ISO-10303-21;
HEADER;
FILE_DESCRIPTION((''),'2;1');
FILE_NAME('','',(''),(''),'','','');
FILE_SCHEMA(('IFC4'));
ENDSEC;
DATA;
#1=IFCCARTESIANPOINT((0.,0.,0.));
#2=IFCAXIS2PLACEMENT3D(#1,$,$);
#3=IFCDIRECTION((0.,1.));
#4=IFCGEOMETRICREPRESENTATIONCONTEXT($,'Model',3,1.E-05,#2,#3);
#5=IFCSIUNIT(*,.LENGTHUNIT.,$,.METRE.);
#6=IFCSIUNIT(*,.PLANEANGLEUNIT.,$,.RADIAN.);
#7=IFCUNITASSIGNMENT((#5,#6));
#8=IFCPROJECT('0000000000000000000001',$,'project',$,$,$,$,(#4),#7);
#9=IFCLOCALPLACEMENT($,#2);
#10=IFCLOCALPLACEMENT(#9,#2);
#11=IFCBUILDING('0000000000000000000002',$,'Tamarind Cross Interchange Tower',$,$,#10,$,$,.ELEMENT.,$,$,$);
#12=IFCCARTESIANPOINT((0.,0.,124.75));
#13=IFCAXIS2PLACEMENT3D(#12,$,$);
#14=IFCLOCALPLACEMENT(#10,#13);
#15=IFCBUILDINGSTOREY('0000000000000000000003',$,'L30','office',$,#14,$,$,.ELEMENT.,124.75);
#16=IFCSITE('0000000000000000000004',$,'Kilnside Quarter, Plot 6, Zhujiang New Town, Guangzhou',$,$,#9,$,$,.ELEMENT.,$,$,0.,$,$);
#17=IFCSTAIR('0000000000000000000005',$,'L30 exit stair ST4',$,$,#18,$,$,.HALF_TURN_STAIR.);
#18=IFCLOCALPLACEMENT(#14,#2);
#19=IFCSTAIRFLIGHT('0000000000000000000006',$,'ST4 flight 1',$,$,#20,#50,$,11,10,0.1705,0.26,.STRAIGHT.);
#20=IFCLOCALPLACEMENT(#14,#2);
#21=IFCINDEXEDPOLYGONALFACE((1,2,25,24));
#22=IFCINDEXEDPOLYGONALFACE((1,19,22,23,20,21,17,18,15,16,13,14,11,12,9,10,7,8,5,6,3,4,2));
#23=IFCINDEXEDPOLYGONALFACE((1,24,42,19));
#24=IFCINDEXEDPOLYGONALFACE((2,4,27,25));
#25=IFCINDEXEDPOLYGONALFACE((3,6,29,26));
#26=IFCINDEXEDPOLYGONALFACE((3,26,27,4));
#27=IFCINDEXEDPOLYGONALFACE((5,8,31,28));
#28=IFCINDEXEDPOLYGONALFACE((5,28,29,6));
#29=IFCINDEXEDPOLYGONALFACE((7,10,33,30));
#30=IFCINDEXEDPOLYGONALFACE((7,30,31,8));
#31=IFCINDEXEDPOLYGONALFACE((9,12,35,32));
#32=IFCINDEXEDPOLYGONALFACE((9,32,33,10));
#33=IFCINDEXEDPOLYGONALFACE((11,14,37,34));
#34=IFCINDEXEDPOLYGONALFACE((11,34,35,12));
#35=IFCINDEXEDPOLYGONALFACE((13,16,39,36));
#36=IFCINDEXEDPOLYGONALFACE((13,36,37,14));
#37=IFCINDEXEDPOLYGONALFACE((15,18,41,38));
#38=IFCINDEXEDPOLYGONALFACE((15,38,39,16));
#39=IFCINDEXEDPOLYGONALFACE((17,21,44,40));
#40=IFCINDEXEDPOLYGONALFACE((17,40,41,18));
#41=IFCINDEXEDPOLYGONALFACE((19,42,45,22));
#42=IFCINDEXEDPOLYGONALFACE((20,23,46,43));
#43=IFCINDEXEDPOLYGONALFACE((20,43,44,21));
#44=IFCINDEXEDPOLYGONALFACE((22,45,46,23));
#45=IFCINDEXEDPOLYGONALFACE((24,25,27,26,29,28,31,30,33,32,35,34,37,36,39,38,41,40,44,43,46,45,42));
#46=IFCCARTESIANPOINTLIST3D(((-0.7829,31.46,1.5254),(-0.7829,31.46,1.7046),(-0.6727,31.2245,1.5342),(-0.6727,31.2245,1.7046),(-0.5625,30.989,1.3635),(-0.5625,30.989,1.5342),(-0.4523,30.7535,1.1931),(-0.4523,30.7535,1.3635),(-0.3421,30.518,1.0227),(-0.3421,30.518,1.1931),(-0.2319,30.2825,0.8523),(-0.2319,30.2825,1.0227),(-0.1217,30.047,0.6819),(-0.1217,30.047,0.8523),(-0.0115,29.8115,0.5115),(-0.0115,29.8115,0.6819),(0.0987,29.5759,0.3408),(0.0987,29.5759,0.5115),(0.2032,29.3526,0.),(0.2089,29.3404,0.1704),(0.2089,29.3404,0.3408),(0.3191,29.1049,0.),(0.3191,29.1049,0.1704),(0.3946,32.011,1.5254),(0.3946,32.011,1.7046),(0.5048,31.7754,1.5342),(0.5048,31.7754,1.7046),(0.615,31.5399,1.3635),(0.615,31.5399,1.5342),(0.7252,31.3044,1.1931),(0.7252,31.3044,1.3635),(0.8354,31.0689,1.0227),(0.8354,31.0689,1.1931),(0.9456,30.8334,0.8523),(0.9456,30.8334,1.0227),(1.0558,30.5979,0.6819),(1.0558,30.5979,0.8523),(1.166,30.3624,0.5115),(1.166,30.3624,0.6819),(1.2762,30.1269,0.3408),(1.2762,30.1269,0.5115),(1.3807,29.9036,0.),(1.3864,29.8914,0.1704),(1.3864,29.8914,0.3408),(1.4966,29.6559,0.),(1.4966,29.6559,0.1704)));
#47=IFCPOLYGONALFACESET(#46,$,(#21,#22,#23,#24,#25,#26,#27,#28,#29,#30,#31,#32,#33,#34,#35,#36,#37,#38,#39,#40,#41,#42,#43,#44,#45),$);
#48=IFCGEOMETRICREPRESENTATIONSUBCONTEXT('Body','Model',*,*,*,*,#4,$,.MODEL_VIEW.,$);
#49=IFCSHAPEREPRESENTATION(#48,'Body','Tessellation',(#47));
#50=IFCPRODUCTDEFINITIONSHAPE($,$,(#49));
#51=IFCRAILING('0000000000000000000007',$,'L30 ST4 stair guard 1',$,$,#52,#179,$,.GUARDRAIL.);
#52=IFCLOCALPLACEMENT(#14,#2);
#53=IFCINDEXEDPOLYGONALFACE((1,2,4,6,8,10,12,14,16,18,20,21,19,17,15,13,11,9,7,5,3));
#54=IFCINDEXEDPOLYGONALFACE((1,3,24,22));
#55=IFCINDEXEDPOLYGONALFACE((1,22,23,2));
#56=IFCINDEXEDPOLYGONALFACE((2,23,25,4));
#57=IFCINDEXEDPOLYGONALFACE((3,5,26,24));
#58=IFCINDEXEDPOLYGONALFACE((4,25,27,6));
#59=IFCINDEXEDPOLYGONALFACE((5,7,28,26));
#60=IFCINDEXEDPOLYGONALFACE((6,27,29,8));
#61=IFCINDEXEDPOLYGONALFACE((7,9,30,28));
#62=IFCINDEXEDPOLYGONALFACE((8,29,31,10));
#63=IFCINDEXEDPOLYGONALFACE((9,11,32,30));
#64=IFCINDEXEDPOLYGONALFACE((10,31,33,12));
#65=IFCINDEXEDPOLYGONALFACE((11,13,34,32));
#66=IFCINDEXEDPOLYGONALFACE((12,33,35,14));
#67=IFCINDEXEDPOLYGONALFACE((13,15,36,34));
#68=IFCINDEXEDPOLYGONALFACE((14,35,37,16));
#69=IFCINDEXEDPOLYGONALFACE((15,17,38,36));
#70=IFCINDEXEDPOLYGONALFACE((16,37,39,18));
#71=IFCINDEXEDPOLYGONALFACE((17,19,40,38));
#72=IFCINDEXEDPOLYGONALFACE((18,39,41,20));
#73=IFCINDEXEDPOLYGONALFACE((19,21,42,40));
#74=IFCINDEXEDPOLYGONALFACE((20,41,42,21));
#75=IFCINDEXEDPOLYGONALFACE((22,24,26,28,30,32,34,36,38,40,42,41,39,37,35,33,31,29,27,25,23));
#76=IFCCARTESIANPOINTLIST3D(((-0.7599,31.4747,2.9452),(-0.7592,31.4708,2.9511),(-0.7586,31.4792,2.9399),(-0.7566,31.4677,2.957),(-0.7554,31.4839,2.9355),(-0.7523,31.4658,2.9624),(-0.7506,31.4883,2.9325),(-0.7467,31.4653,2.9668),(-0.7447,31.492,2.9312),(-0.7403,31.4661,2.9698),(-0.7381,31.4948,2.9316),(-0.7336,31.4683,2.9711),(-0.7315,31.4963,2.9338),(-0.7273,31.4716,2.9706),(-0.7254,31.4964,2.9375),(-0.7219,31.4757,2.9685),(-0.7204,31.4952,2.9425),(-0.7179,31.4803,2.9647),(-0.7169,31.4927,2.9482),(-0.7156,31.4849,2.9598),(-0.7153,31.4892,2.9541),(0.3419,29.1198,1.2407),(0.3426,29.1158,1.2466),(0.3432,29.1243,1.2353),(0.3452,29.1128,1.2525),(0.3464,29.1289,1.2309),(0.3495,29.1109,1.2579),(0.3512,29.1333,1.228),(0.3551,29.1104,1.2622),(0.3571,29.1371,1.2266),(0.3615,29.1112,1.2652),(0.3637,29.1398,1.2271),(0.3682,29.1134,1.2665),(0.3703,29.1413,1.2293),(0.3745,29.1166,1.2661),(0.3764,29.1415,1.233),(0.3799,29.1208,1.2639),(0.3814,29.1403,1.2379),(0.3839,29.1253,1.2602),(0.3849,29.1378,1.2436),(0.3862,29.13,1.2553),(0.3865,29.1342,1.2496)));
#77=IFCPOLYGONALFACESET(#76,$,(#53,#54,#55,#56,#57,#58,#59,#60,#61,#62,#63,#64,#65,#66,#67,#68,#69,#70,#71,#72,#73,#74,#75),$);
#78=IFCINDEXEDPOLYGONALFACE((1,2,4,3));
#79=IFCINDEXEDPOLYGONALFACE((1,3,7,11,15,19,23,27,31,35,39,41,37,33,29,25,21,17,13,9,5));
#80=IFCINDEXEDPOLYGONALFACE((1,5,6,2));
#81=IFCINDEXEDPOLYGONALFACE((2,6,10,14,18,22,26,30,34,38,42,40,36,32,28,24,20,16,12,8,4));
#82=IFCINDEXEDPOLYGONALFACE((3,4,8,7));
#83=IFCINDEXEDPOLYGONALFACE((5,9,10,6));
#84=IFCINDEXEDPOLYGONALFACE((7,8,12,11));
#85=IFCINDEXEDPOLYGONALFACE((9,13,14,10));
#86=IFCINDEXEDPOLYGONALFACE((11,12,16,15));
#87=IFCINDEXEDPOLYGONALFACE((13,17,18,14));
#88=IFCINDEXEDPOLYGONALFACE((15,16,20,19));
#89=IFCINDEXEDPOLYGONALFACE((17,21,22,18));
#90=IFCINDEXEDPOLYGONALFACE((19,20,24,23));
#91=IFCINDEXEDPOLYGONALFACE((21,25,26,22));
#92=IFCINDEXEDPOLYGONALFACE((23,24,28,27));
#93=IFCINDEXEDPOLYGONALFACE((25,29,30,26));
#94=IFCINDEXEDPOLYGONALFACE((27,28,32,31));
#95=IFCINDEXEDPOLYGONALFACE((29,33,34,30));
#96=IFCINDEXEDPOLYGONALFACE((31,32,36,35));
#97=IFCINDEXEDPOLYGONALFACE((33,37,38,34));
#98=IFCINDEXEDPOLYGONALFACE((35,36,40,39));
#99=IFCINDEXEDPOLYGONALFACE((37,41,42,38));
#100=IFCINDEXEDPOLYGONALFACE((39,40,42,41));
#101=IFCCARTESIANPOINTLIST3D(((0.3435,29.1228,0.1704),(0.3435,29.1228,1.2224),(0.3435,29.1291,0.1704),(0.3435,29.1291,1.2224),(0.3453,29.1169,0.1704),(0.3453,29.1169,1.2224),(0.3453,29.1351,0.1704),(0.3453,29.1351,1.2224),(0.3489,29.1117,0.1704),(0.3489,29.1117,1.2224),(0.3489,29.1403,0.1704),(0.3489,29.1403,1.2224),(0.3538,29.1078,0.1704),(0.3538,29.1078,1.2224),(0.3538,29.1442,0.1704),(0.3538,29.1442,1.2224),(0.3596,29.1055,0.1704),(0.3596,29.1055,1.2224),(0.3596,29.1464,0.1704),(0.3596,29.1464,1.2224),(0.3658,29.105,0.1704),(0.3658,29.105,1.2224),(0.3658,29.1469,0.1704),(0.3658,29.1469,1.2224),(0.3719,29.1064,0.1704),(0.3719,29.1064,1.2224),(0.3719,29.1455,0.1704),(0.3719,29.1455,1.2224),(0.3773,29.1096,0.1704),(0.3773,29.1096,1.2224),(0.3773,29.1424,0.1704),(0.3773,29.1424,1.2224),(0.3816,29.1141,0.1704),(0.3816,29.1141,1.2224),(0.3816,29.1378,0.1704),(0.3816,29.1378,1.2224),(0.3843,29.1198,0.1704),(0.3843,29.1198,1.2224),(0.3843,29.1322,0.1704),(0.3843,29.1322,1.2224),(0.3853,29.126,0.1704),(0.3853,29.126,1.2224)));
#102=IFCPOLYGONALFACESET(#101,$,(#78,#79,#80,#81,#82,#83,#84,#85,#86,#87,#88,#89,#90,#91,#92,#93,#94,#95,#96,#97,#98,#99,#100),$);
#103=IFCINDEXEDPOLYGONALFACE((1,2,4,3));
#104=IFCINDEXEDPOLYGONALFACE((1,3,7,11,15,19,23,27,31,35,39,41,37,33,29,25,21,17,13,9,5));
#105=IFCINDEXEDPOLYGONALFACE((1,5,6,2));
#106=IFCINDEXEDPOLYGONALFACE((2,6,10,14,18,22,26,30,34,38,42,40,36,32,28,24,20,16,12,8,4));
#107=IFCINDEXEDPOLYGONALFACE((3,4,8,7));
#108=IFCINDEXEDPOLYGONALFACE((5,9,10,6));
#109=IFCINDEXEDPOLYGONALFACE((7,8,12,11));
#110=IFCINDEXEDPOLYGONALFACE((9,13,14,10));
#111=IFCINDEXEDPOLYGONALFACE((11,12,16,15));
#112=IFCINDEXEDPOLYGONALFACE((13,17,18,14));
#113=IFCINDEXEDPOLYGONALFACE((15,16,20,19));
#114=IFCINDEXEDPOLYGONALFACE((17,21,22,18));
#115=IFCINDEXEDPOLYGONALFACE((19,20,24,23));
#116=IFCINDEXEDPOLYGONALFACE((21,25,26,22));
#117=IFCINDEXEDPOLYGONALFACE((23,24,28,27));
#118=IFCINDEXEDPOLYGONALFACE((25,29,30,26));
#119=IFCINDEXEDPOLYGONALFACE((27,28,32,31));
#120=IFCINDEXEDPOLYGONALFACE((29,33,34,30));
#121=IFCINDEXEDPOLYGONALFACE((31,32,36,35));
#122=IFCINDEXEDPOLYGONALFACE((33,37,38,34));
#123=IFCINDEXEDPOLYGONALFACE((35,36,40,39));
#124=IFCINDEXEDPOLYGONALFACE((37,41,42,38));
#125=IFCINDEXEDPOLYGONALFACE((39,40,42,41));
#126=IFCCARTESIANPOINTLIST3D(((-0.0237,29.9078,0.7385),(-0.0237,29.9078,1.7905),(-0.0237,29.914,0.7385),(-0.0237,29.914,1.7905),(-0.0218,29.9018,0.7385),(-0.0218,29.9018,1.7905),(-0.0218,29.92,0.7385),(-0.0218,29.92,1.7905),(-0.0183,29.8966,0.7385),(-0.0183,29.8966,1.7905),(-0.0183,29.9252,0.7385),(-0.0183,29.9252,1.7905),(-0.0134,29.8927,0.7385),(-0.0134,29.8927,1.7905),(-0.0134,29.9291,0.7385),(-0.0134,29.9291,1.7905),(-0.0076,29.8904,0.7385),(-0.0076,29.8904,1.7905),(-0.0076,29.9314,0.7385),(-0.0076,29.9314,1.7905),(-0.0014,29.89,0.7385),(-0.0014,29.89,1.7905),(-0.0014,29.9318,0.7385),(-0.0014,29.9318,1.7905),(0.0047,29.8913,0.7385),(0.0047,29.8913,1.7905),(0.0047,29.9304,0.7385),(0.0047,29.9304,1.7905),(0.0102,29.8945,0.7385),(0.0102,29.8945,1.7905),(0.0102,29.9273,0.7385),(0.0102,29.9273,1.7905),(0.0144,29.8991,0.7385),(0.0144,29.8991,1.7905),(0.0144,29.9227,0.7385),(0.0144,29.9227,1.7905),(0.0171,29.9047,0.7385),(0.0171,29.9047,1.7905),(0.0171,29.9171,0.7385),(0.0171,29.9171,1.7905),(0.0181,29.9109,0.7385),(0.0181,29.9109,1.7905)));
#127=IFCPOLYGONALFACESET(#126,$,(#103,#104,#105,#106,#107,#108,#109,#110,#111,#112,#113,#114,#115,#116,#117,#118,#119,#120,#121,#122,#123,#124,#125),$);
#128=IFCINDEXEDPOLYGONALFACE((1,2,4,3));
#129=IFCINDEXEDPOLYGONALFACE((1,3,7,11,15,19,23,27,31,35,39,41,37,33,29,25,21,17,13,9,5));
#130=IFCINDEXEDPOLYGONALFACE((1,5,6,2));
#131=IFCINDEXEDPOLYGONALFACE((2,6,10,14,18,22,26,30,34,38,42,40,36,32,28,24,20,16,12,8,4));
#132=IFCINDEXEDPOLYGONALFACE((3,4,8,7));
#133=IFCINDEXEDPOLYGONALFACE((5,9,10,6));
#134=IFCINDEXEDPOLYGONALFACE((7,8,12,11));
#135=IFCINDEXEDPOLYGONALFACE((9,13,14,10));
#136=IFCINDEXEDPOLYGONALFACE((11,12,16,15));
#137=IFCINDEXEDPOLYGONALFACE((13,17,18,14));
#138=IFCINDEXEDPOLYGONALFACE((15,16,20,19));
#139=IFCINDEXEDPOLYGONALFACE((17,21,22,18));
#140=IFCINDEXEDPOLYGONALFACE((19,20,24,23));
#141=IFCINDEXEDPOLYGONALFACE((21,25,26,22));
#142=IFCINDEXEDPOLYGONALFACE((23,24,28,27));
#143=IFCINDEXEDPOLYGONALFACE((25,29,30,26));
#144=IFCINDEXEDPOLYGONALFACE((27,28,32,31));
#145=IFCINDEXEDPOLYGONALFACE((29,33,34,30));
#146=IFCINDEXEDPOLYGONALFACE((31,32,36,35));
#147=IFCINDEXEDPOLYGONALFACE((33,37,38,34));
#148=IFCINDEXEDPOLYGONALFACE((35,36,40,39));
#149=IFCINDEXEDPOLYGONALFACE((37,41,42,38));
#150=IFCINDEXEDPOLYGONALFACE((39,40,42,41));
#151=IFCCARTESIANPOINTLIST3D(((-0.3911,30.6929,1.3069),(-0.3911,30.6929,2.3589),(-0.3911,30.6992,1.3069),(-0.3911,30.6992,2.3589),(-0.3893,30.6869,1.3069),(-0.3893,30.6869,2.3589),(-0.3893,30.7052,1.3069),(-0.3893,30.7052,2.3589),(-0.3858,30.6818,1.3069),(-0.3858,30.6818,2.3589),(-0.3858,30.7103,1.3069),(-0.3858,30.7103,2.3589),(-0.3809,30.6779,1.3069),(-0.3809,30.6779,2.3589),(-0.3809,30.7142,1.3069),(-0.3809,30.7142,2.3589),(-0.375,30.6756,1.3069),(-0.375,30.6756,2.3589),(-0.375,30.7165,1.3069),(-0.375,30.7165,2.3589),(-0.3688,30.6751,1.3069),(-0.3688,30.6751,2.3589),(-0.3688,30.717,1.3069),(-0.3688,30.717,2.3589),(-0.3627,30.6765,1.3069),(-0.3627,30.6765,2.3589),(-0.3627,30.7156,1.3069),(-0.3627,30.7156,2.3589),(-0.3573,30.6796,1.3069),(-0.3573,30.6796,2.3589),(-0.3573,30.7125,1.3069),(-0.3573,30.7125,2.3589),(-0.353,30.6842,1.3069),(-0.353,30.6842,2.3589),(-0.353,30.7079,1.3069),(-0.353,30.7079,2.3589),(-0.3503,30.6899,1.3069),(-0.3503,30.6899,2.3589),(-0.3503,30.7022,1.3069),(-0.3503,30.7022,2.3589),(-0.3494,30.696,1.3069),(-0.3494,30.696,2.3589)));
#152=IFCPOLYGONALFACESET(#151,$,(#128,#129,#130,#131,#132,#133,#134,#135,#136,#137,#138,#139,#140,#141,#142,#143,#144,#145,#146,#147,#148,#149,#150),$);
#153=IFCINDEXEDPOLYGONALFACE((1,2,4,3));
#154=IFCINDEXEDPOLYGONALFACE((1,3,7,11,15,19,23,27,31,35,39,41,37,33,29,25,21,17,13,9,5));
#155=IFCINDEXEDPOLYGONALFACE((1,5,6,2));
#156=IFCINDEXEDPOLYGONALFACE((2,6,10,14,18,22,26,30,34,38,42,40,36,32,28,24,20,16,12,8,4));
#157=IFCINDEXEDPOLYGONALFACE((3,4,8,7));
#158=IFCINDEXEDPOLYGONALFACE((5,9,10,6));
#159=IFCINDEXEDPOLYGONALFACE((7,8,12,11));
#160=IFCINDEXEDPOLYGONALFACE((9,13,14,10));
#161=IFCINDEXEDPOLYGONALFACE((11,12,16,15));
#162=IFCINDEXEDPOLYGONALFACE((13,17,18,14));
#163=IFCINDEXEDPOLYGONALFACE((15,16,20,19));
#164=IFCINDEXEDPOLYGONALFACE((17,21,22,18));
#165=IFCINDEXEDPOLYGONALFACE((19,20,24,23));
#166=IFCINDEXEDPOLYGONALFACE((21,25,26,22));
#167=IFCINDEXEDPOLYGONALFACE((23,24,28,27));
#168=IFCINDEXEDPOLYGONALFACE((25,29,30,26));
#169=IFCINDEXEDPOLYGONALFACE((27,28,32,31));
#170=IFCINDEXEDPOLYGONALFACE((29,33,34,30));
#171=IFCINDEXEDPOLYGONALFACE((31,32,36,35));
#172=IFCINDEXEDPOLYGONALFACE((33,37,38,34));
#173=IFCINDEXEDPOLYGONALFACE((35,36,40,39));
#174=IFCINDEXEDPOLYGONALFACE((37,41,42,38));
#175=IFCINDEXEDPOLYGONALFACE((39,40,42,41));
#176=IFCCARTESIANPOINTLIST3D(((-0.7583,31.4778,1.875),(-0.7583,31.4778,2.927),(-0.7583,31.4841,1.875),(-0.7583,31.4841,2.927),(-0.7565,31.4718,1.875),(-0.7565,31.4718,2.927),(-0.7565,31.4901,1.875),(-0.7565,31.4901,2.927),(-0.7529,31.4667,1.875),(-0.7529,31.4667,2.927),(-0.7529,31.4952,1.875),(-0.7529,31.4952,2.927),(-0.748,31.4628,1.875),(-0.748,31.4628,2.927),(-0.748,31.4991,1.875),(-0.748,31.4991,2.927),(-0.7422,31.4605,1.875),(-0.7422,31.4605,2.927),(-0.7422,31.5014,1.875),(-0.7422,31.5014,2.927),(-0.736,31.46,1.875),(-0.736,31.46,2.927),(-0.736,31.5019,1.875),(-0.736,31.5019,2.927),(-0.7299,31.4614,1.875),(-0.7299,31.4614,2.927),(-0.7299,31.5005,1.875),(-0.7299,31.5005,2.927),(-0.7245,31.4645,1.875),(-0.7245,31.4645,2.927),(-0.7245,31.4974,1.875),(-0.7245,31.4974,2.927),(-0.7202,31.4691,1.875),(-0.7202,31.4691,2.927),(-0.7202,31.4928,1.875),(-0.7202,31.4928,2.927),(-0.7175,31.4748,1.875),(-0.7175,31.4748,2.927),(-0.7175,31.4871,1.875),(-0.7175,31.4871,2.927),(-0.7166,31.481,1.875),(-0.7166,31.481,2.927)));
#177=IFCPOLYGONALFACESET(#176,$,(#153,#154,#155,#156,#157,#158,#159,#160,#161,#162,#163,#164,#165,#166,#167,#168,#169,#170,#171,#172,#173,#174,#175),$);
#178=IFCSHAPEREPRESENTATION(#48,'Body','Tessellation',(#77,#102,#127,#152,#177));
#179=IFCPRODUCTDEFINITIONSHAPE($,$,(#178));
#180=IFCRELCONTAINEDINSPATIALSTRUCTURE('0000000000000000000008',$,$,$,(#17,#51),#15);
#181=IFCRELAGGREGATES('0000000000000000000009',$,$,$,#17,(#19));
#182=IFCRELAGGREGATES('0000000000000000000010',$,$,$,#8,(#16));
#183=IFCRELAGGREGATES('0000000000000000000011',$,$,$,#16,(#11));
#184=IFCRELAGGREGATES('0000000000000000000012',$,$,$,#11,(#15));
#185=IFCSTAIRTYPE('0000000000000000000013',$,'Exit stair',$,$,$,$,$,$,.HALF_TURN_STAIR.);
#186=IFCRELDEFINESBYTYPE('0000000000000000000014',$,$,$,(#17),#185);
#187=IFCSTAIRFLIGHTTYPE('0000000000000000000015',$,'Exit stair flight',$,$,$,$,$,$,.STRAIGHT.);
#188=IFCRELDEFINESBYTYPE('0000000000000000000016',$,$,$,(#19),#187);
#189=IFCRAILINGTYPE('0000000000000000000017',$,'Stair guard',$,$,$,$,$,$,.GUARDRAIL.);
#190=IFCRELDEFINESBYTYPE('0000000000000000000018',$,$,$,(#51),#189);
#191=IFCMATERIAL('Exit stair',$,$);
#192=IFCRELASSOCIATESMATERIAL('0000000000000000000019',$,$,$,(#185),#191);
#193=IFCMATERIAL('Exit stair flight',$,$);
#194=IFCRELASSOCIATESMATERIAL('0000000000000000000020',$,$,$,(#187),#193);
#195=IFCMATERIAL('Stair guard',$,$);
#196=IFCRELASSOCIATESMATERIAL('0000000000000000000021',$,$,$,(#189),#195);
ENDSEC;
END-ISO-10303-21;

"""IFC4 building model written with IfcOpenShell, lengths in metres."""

from ifc_helpers import new_model, si_unit, direction, frame, origin, origin_2d, place, context, subcontext, project, spatial, polyline, circle, outline, extrude, material, type_object, element, aggregate, save


model = new_model("IFC4")

# Units and contexts
model_context = context("Model", 3, precision=1e-05, world=origin(), true_north=direction((0.0, 1.0)))
body_context = subcontext(model_context, "Body", "Model", "MODEL_VIEW")
ifc_project = project(units=[si_unit("LENGTHUNIT", "METRE"), si_unit("PLANEANGLEUNIT", "RADIAN")], contexts=[model_context])

# Site, building, storey
site_placement = place(None, origin())
site = spatial("IfcSite", under=ifc_project, at=site_placement, Name="Kilnside Quarter, Plot 6, Zhujiang New Town, Guangzhou", CompositionType="ELEMENT", RefElevation=0.0)
building_placement = place(site_placement, origin())
building = spatial("IfcBuilding", under=site, at=building_placement, Name="Tamarind Cross Interchange Tower", CompositionType="ELEMENT")
storey_placement = place(building_placement, frame((0.0, 0.0, 124.75)))
storey = spatial("IfcBuildingStorey", under=building, at=storey_placement, Name="L30", Description="office", CompositionType="ELEMENT", Elevation=124.75)

# Shared definitions
ifc_material_1 = material(Name="Exit stair")
stair_type = type_object("IfcStairType", Name="Exit stair", PredefinedType="HALF_TURN_STAIR", material=ifc_material_1)

# Stair, stair flight
stair_1_placement = place(storey_placement, origin())
stair_1 = element("IfcStair", 1, at=stair_1_placement, inside=storey, type_object=stair_type, Name="L30 exit stair ST4", PredefinedType="HALF_TURN_STAIR")
ifc_material_2 = material(Name="Exit stair flight")
stair_flight_type = type_object("IfcStairFlightType", Name="Exit stair flight", PredefinedType="STRAIGHT", material=ifc_material_2)
stair_flight_placement = place(storey_placement, frame((0.9077, 29.3804, 0.0), z_axis=(0.0, 0.0, 1.0), x_axis=(-0.423807, 0.905752, 0.0)))
stair_flight = element("IfcStairFlight", 2, at=stair_flight_placement, type_object=stair_flight_type, Name="ST4 flight 1", NumberOfRisers=11, NumberOfTreads=10, PredefinedType="STRAIGHT", RiserHeight=0.1705, TreadLength=0.26, context=body_context, shape_type="SweptSolid", body=[
    extrude(outline(polyline([(0.0, 0.0), (0.0, 0.1704), (0.26, 0.1704), (0.26, 0.3408), (0.52, 0.3408), (0.52, 0.5115), (0.78, 0.5115), (0.78, 0.6819), (1.04, 0.6819), (1.04, 0.8523), (1.3, 0.8523), (1.3, 1.0227), (1.5601, 1.0227), (1.5601, 1.1931), (1.8201, 1.1931), (1.8201, 1.3635), (2.0801, 1.3635), (2.0801, 1.5342), (2.3401, 1.5342), (2.3401, 1.7046), (2.6001, 1.7046), (2.6001, 1.875), (2.6001, 1.5254), (0.2734, 0.0), (0.0, 0.0)])), frame((0.0, 0.6499, 0.0), z_axis=(0.0, -1.0, 0.0), x_axis=(1.0, 0.0, 0.0)), (0.0, 0.0, 1.0), 1.3),
])
aggregate(stair_1, [stair_flight])

# Railing
ifc_material_3 = material(Name="Stair guard")
railing_type_1 = type_object("IfcRailingType", Name="Stair guard", PredefinedType="GUARDRAIL", material=ifc_material_3)
railing_1_placement = place(storey_placement, frame((0.3643, 29.126, 0.1704)))
element("IfcRailing", 3, at=railing_1_placement, inside=storey, type_object=railing_type_1, Name="L30 ST4 stair guard 1", PredefinedType="GUARDRAIL", context=body_context, shape_type="SweptSolid", body=[
    extrude(circle(Radius=0.0239, at=origin_2d()), frame((0.0, 0.0, 1.0762), z_axis=(-0.354399, 0.757485, 0.548286), x_axis=(-0.905768, -0.423775, 0.0)), (0.0, 0.0, 1.0), 3.1089),
    extrude(circle(Radius=0.021, at=origin_2d()), origin(), (0.0, 0.0, 1.0), 1.052),
    extrude(circle(Radius=0.021, at=origin_2d()), frame((-0.3672, 0.7849, 0.5681)), (0.0, 0.0, 1.0), 1.052),
    extrude(circle(Radius=0.021, at=origin_2d()), frame((-0.7346, 1.5701, 1.1365)), (0.0, 0.0, 1.0), 1.052),
    extrude(circle(Radius=0.021, at=origin_2d()), frame((-1.1018, 2.355, 1.7046)), (0.0, 0.0, 1.0), 1.052),
])

save(model, "model.ifc")
